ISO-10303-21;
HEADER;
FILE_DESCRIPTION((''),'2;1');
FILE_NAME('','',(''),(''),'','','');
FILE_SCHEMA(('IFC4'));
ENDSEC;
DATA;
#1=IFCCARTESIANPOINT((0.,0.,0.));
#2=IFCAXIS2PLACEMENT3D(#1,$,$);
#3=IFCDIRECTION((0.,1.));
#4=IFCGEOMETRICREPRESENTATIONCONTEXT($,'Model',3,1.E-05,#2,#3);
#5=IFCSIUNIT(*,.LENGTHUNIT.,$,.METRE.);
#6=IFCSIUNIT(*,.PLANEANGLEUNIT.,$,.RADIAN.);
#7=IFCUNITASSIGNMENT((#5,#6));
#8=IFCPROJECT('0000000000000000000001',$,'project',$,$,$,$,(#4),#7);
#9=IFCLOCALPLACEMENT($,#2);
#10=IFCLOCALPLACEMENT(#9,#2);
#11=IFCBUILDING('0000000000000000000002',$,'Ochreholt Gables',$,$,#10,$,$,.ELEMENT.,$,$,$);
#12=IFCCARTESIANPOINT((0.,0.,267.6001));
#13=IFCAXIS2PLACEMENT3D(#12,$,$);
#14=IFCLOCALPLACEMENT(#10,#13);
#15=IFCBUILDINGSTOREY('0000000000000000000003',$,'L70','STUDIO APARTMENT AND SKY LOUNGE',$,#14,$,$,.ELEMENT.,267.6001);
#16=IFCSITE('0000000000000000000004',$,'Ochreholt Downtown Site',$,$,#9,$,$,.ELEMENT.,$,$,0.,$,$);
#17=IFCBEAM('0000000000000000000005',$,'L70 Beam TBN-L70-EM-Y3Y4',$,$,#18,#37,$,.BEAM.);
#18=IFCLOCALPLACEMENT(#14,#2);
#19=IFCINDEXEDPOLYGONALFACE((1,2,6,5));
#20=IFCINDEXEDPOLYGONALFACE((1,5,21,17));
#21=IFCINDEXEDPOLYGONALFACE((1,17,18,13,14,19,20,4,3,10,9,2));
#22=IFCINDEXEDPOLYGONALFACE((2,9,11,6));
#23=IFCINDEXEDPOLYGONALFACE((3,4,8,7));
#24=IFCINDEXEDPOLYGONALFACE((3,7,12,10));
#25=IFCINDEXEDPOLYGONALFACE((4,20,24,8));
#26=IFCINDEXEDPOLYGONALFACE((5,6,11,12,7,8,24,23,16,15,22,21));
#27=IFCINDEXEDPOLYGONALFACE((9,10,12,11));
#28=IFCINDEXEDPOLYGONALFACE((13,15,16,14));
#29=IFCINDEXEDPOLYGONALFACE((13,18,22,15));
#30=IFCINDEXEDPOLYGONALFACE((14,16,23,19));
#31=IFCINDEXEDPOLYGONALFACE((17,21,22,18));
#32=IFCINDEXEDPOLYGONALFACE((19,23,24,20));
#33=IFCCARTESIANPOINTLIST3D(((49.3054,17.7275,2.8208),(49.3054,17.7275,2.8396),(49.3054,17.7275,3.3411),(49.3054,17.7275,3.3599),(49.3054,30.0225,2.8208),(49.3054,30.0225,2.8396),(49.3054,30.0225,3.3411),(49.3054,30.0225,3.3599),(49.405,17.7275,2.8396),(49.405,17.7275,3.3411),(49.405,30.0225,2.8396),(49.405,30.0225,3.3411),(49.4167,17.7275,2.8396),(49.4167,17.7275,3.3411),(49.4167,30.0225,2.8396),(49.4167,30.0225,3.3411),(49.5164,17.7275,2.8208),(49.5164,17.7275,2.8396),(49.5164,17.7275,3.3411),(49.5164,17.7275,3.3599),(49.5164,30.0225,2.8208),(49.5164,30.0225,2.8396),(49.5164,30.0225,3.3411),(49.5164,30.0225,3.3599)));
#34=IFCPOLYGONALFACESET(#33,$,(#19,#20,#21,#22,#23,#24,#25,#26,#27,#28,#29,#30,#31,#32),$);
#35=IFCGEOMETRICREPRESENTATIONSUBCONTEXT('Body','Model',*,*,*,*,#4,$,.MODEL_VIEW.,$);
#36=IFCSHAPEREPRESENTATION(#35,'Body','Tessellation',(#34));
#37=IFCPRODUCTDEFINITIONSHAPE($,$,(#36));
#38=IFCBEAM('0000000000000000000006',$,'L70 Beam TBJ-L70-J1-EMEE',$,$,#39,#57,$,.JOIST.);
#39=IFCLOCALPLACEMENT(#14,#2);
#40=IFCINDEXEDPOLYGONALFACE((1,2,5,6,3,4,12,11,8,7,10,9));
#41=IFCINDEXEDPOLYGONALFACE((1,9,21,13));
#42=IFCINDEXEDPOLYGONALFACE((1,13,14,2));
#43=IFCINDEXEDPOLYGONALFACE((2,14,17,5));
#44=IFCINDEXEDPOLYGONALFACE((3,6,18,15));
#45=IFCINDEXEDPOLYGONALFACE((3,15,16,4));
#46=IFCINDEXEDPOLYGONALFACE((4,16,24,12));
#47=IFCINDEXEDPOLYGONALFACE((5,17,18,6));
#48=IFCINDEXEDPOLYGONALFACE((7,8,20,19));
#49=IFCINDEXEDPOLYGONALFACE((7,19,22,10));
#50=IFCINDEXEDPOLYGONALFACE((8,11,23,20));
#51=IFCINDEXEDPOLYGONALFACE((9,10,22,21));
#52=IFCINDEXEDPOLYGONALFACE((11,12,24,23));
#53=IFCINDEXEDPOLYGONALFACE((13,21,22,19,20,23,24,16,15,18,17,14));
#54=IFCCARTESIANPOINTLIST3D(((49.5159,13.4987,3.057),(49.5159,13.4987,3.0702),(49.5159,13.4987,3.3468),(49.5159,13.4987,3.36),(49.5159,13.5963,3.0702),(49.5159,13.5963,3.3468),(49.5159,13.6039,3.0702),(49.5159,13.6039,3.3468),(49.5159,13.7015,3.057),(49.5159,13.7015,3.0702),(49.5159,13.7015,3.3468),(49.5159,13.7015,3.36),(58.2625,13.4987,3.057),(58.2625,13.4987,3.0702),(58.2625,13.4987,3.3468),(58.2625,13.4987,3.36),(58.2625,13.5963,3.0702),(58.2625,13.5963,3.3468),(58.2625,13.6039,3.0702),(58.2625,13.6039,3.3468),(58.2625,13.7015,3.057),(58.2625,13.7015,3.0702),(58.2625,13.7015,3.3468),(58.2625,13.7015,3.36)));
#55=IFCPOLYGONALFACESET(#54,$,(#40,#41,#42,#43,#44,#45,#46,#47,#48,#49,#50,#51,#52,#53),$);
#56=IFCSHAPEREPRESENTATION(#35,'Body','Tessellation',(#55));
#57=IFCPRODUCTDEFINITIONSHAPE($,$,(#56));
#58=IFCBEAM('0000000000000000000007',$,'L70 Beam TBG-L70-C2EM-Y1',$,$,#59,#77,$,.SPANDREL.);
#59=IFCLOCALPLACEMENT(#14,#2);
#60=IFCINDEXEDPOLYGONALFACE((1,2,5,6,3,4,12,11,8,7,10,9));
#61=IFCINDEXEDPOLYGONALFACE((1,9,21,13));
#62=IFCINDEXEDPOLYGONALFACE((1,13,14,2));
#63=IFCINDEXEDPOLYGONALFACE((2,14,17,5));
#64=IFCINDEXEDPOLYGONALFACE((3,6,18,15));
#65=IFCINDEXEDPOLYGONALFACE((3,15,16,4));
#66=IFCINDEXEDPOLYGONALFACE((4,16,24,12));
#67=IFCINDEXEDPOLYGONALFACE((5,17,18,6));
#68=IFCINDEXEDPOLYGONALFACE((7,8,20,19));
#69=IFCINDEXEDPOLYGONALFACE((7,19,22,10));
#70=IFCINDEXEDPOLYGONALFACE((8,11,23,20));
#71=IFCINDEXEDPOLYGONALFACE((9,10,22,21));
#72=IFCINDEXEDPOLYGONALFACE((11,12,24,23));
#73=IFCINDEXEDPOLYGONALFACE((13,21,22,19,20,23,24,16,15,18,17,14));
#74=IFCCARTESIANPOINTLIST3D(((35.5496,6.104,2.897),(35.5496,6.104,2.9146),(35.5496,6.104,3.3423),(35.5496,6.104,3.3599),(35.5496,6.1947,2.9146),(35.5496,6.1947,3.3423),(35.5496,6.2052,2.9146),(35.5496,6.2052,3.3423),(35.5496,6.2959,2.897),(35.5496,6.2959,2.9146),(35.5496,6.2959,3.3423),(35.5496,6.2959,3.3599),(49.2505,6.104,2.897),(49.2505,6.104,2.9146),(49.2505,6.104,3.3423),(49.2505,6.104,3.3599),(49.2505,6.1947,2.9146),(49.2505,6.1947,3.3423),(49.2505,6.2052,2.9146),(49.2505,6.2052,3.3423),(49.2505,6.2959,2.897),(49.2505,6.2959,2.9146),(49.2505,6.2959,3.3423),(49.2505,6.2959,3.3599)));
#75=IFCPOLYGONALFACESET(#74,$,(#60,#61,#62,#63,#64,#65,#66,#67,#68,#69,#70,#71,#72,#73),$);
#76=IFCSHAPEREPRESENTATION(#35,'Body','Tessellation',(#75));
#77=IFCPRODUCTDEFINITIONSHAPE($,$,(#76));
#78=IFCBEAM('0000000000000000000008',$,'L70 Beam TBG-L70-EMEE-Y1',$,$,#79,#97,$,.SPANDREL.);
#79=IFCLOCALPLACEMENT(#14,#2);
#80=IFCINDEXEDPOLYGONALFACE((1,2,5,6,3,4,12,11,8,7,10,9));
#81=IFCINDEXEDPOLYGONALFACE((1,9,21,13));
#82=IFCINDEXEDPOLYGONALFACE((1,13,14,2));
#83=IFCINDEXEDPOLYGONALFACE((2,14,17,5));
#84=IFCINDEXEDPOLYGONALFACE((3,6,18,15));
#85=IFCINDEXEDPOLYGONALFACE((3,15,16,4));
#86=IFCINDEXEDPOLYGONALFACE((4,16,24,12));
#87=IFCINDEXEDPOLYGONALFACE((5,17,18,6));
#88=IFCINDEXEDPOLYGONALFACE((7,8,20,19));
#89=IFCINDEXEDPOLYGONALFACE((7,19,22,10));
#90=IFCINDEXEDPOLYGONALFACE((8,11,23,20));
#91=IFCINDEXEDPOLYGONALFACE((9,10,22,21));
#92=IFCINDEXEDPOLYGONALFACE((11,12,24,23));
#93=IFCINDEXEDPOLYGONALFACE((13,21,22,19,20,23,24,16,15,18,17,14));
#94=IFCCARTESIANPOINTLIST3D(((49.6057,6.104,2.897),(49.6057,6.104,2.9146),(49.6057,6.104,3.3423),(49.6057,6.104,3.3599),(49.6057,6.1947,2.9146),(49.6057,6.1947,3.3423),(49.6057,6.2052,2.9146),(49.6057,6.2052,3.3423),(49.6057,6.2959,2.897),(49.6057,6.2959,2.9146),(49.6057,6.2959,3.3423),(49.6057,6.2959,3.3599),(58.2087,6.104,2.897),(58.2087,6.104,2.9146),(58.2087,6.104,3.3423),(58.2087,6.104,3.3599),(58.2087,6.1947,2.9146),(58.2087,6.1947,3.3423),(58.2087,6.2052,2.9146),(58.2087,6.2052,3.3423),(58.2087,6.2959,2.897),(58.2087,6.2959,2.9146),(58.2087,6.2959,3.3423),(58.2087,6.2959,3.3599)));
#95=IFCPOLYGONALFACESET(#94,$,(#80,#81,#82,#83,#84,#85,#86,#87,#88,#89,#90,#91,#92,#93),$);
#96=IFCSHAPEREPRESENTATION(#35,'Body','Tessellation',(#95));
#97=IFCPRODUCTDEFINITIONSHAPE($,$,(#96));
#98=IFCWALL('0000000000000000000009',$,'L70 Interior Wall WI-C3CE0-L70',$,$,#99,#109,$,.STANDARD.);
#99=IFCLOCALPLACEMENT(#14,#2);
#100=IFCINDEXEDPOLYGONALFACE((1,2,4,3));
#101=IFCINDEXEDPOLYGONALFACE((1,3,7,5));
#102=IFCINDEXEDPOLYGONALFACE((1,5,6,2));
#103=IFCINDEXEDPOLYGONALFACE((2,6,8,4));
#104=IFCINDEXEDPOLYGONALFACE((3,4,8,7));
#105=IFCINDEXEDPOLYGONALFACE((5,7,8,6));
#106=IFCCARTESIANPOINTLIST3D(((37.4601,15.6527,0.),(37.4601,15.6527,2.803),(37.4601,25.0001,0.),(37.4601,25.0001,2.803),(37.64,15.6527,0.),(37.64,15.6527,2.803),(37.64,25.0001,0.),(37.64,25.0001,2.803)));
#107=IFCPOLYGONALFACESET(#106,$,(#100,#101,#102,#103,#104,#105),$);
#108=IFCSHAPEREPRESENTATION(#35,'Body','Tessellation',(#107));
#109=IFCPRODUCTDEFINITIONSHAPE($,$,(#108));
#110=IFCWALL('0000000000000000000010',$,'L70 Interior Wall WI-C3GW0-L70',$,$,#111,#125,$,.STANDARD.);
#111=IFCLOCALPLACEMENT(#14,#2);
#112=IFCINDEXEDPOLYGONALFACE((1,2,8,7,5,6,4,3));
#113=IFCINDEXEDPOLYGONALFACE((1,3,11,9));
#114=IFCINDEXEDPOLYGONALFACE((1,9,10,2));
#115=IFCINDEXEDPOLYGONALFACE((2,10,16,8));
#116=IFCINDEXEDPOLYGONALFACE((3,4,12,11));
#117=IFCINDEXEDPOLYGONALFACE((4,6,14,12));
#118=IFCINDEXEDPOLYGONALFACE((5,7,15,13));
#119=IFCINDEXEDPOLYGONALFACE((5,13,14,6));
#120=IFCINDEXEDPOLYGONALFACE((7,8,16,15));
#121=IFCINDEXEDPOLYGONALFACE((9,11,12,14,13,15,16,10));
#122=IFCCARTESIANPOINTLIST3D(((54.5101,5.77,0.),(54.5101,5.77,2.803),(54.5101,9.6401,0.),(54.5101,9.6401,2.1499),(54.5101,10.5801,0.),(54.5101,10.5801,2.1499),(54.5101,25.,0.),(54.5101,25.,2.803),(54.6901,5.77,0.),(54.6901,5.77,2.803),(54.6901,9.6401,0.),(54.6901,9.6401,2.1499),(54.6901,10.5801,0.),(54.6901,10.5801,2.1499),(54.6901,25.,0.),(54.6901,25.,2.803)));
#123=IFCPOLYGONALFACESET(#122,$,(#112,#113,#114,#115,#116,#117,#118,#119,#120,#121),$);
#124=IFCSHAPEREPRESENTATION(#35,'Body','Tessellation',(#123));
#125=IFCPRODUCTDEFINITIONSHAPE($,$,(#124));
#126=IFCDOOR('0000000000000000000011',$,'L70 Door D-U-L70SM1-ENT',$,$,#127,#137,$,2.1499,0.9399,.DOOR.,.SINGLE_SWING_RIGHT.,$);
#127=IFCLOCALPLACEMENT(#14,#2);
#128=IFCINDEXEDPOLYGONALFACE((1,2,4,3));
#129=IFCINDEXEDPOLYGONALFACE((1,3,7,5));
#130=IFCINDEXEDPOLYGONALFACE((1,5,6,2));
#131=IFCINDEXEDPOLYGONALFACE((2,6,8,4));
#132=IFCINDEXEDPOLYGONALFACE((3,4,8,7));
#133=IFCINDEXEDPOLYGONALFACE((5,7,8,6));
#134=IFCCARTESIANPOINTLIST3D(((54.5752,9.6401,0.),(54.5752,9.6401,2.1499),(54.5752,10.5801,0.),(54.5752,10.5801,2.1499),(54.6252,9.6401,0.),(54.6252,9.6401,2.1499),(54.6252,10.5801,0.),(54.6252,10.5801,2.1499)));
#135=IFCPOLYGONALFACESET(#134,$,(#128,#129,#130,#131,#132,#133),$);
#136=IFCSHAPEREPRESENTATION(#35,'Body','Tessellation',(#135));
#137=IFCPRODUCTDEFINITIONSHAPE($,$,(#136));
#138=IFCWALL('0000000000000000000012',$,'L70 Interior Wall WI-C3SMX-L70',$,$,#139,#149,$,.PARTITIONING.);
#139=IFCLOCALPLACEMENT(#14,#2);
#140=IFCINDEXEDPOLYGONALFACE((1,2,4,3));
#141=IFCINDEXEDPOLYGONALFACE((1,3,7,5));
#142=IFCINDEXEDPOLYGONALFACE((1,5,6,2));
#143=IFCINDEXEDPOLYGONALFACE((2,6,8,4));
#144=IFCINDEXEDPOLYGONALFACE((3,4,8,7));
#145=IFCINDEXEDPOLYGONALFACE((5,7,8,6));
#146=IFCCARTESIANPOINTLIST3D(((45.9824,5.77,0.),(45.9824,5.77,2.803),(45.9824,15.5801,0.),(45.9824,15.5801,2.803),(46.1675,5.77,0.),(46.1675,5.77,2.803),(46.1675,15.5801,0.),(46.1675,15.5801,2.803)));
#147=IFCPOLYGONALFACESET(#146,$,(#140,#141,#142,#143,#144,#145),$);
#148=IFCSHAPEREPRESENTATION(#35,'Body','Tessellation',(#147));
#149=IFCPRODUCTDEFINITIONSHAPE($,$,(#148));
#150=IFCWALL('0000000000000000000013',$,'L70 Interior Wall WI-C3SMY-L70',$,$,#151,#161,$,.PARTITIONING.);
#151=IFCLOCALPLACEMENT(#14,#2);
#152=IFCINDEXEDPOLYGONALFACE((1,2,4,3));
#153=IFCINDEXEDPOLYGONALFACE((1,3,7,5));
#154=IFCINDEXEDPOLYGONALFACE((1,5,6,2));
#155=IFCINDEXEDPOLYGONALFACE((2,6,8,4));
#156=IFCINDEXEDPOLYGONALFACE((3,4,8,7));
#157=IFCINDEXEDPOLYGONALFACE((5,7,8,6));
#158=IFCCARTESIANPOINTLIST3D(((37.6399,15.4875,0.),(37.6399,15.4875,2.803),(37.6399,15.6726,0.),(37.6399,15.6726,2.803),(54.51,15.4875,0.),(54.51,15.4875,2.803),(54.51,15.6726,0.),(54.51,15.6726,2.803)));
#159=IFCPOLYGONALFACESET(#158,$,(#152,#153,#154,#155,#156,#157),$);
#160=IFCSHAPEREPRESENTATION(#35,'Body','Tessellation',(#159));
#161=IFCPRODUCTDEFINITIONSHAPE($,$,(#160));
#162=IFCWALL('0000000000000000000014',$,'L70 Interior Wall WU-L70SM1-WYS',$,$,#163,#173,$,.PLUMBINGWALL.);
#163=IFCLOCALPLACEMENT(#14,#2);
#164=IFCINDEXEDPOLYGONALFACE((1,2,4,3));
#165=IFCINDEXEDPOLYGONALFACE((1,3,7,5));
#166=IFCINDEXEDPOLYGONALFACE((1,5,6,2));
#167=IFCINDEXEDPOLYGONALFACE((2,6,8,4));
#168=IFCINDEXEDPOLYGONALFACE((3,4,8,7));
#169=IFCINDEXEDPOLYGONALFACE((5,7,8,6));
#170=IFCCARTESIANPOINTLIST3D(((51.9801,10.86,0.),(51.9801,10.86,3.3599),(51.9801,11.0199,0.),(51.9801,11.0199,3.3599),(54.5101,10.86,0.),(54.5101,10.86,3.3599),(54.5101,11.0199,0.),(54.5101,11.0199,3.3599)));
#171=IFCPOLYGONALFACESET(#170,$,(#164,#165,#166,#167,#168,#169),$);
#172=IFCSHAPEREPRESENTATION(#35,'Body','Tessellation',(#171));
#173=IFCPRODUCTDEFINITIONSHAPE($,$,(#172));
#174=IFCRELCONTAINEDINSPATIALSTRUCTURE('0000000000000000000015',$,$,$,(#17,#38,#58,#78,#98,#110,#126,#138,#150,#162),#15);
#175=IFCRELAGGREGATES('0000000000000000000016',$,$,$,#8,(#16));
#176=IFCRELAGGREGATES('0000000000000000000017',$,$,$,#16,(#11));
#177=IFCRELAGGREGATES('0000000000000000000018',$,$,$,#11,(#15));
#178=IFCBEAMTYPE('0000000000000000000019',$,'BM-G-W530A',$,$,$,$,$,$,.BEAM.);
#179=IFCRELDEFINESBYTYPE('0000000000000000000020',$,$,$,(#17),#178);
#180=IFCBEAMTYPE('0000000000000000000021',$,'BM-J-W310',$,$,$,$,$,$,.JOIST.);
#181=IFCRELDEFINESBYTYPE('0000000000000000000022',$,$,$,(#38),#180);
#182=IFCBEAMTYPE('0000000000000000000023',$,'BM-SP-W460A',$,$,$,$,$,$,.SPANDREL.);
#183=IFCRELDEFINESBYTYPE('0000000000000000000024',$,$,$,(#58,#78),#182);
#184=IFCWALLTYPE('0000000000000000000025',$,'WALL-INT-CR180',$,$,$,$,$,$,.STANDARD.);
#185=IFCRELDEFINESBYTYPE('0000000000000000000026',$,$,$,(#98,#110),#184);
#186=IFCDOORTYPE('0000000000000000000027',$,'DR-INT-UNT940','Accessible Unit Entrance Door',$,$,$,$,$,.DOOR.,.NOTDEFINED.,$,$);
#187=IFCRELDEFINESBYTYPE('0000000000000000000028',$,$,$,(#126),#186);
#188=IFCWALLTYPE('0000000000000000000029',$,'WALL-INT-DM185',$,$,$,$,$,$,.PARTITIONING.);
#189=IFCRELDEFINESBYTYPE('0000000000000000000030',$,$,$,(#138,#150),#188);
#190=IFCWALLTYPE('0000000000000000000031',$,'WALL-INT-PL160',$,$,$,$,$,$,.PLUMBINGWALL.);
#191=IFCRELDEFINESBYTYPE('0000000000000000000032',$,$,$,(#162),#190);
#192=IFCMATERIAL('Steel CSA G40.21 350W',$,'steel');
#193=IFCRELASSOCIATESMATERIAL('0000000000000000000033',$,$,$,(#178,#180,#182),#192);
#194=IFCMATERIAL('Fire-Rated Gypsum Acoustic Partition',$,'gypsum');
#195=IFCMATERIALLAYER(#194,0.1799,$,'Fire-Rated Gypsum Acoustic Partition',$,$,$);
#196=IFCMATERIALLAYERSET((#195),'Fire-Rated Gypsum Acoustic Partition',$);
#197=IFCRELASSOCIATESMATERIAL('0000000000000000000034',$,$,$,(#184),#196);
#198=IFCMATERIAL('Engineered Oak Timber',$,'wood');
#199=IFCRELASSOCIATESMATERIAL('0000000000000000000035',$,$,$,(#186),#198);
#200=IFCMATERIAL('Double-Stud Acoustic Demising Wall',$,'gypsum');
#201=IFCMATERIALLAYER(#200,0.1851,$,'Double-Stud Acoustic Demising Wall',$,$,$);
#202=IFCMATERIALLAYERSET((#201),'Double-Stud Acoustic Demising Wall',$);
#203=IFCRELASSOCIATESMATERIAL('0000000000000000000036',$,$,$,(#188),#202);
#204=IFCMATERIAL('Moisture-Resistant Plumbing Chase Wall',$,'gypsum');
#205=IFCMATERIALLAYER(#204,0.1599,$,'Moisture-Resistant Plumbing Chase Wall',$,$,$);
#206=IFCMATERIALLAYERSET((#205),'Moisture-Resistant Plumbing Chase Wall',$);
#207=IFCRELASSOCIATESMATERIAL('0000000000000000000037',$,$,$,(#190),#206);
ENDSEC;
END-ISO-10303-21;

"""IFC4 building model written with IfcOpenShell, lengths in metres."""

from ifc_helpers import new_model, si_unit, direction, frame, frame_2d, origin, origin_2d, place, context, subcontext, project, spatial, rectangle, i_section, extrude, material, layer, layer_set, material_profile, profile_set, type_object, element, fill, save


model = new_model("IFC4")

# Units and contexts
model_context = context("Model", 3, precision=1e-05, world=origin(), true_north=direction((0.0, 1.0)))
body_context = subcontext(model_context, "Body", "Model", "MODEL_VIEW")
ifc_project = project(units=[si_unit("LENGTHUNIT", "METRE"), si_unit("PLANEANGLEUNIT", "RADIAN")], contexts=[model_context])

# Site, building, storey
site_placement = place(None, origin())
site = spatial("IfcSite", under=ifc_project, at=site_placement, Name="Ochreholt Downtown Site", CompositionType="ELEMENT", RefElevation=0.0)
building_placement = place(site_placement, origin())
building = spatial("IfcBuilding", under=site, at=building_placement, Name="Ochreholt Gables", CompositionType="ELEMENT")
storey_placement = place(building_placement, frame((0.0, 0.0, 267.6001)))
storey = spatial("IfcBuildingStorey", under=building, at=storey_placement, Name="L70", Description="STUDIO APARTMENT AND SKY LOUNGE", CompositionType="ELEMENT", Elevation=267.6001)

# Shared definitions
ifc_material_1 = material(Name="Steel CSA G40.21 350W", Category="steel")

# Beams
ifc_material_profile_1 = material_profile(ifc_material_1, i_section(OverallWidth=0.2109, OverallDepth=0.5391, WebThickness=0.0117, FlangeThickness=0.0188, at=origin_2d()), Name="W530X109")
ifc_profile_set_1 = profile_set([ifc_material_profile_1], Name="Steel CSA G40.21 350W")
beam_type_1 = type_object("IfcBeamType", Name="BM-G-W530A", PredefinedType="BEAM", material=ifc_profile_set_1)
beam_1_placement = place(storey_placement, frame((49.4109, 17.7275, 3.0903), z_axis=(0.0, 1.0, 0.0), x_axis=(-1.0, 0.0, 0.0)))
element("IfcBeam", 1, at=beam_1_placement, inside=storey, type_object=beam_type_1, Name="L70 Beam TBN-L70-EM-Y3Y4", PredefinedType="BEAM", context=body_context, shape_type="SweptSolid", body=[
    extrude(i_section(OverallWidth=0.2109, OverallDepth=0.5391, WebThickness=0.0117, FlangeThickness=0.0188, at=origin_2d()), origin(), (0.0, 0.0, 1.0), 12.2949),
])
ifc_material_profile_2 = material_profile(ifc_material_1, i_section(OverallWidth=0.2029, OverallDepth=0.303, WebThickness=0.0076, FlangeThickness=0.0132, at=origin_2d()), Name="W310X60")
ifc_profile_set_2 = profile_set([ifc_material_profile_2], Name="Steel CSA G40.21 350W")
beam_type_2 = type_object("IfcBeamType", Name="BM-J-W310", PredefinedType="JOIST", material=ifc_profile_set_2)
beam_2_placement = place(storey_placement, frame((49.5159, 13.6001, 3.2085), z_axis=(1.0, 0.0, 0.0), x_axis=(0.0, 1.0, 0.0)))
element("IfcBeam", 2, at=beam_2_placement, inside=storey, type_object=beam_type_2, Name="L70 Beam TBJ-L70-J1-EMEE", PredefinedType="JOIST", context=body_context, shape_type="SweptSolid", body=[
    extrude(i_section(OverallWidth=0.2029, OverallDepth=0.303, WebThickness=0.0076, FlangeThickness=0.0132, at=origin_2d()), origin(), (0.0, 0.0, 1.0), 8.7466),
])
ifc_material_profile_3 = material_profile(ifc_material_1, i_section(OverallWidth=0.1919, OverallDepth=0.4629, WebThickness=0.0105, FlangeThickness=0.0176, at=origin_2d()), Name="W460X89")
ifc_profile_set_3 = profile_set([ifc_material_profile_3], Name="Steel CSA G40.21 350W")
beam_type_3 = type_object("IfcBeamType", Name="BM-SP-W460A", PredefinedType="SPANDREL", material=ifc_profile_set_3)
beam_3_placement = place(storey_placement, frame((35.5496, 6.2, 3.1284), z_axis=(1.0, 0.0, 0.0), x_axis=(0.0, 1.0, 0.0)))
element("IfcBeam", 3, at=beam_3_placement, inside=storey, type_object=beam_type_3, Name="L70 Beam TBG-L70-C2EM-Y1", PredefinedType="SPANDREL", context=body_context, shape_type="SweptSolid", body=[
    extrude(i_section(OverallWidth=0.1919, OverallDepth=0.4629, WebThickness=0.0105, FlangeThickness=0.0176, at=origin_2d()), origin(), (0.0, 0.0, 1.0), 13.7009),
])
beam_4_placement = place(storey_placement, frame((49.6057, 6.2, 3.1284), z_axis=(1.0, 0.0, 0.0), x_axis=(0.0, 1.0, 0.0)))
element("IfcBeam", 4, at=beam_4_placement, inside=storey, type_object=beam_type_3, Name="L70 Beam TBG-L70-EMEE-Y1", PredefinedType="SPANDREL", context=body_context, shape_type="SweptSolid", body=[
    extrude(i_section(OverallWidth=0.1919, OverallDepth=0.4629, WebThickness=0.0105, FlangeThickness=0.0176, at=origin_2d()), origin(), (0.0, 0.0, 1.0), 8.603),
])

# Wall
ifc_material_2 = material(Name="Fire-Rated Gypsum Acoustic Partition", Category="gypsum")
ifc_layer_1 = layer(ifc_material_2, 0.1799, Name="Fire-Rated Gypsum Acoustic Partition")
ifc_layer_set_1 = layer_set([ifc_layer_1], Name="Fire-Rated Gypsum Acoustic Partition")
wall_type_1 = type_object("IfcWallType", Name="WALL-INT-CR180", PredefinedType="STANDARD", material=ifc_layer_set_1)
wall_1_placement = place(storey_placement, frame((37.55, 15.6526, 0.0), z_axis=(0.0, 0.0, 1.0), x_axis=(0.0, 1.0, 0.0)))
element("IfcWall", 5, at=wall_1_placement, inside=storey, type_object=wall_type_1, Name="L70 Interior Wall WI-C3CE0-L70", PredefinedType="STANDARD", context=body_context, shape_type="SweptSolid", body=[
    extrude(rectangle(XDim=9.3474, YDim=0.1799, at=frame_2d((4.6738, 0.0))), origin(), (0.0, 0.0, 1.0), 2.803),
])

# Wall, opening, door
wall_2_placement = place(storey_placement, frame((54.6001, 5.77, 0.0), z_axis=(0.0, 0.0, 1.0), x_axis=(0.0, 1.0, 0.0)))
wall_2 = element("IfcWall", 6, at=wall_2_placement, inside=storey, type_object=wall_type_1, Name="L70 Interior Wall WI-C3GW0-L70", PredefinedType="STANDARD", context=body_context, shape_type="SweptSolid", body=[
    extrude(rectangle(XDim=19.23, YDim=0.1799, at=frame_2d((9.615, 0.0))), origin(), (0.0, 0.0, 1.0), 2.803),
])
opening_1_placement = place(wall_2_placement, frame((3.8701, 0.0, 0.0)))
opening_1 = element("IfcOpeningElement", 7, at=opening_1_placement, cuts=wall_2, PredefinedType="OPENING", context=body_context, shape_type="SweptSolid", body=[
    extrude(rectangle(XDim=0.9399, YDim=2.1499, at=frame_2d((0.47, 1.075))), frame((0.0, 0.0999, 0.0), z_axis=(0.0, -1.0, 0.0), x_axis=(1.0, 0.0, 0.0)), (0.0, 0.0, 1.0), 0.2),
])
ifc_material_3 = material(Name="Engineered Oak Timber", Category="wood")
door_type_1 = type_object("IfcDoorType", Name="DR-INT-UNT940", Description="Accessible Unit Entrance Door", OperationType="NOTDEFINED", PredefinedType="DOOR", material=ifc_material_3)
door_1_placement = place(opening_1_placement, origin())
door_1 = element("IfcDoor", 8, at=door_1_placement, inside=storey, type_object=door_type_1, Name="L70 Door D-U-L70SM1-ENT", OperationType="SINGLE_SWING_RIGHT", OverallHeight=2.1499, OverallWidth=0.9399, PredefinedType="DOOR", context=body_context, shape_type="SweptSolid", body=[
    extrude(rectangle(XDim=0.9399, YDim=2.1499, at=frame_2d((0.47, 1.075))), frame((0.0, 0.0249, 0.0), z_axis=(0.0, -1.0, 0.0), x_axis=(1.0, 0.0, 0.0)), (0.0, 0.0, 1.0), 0.05),
])
fill(opening_1, door_1)

# Walls
ifc_material_4 = material(Name="Double-Stud Acoustic Demising Wall", Category="gypsum")
ifc_layer_2 = layer(ifc_material_4, 0.1851, Name="Double-Stud Acoustic Demising Wall")
ifc_layer_set_2 = layer_set([ifc_layer_2], Name="Double-Stud Acoustic Demising Wall")
wall_type_2 = type_object("IfcWallType", Name="WALL-INT-DM185", PredefinedType="PARTITIONING", material=ifc_layer_set_2)
wall_3_placement = place(storey_placement, frame((46.075, 5.77, 0.0), z_axis=(0.0, 0.0, 1.0), x_axis=(0.0, 1.0, 0.0)))
element("IfcWall", 9, at=wall_3_placement, inside=storey, type_object=wall_type_2, Name="L70 Interior Wall WI-C3SMX-L70", PredefinedType="PARTITIONING", context=body_context, shape_type="SweptSolid", body=[
    extrude(rectangle(XDim=9.8101, YDim=0.1851, at=frame_2d((4.905, 0.0))), origin(), (0.0, 0.0, 1.0), 2.803),
])
wall_4_placement = place(storey_placement, frame((37.6399, 15.5801, 0.0), z_axis=(0.0, 0.0, 1.0), x_axis=(1.0, 0.0, 0.0)))
element("IfcWall", 10, at=wall_4_placement, inside=storey, type_object=wall_type_2, Name="L70 Interior Wall WI-C3SMY-L70", PredefinedType="PARTITIONING", context=body_context, shape_type="SweptSolid", body=[
    extrude(rectangle(XDim=16.8701, YDim=0.1851, at=frame_2d((8.4351, 0.0))), origin(), (0.0, 0.0, 1.0), 2.803),
])
ifc_material_5 = material(Name="Moisture-Resistant Plumbing Chase Wall", Category="gypsum")
ifc_layer_3 = layer(ifc_material_5, 0.1599, Name="Moisture-Resistant Plumbing Chase Wall")
ifc_layer_set_3 = layer_set([ifc_layer_3], Name="Moisture-Resistant Plumbing Chase Wall")
wall_type_3 = type_object("IfcWallType", Name="WALL-INT-PL160", PredefinedType="PLUMBINGWALL", material=ifc_layer_set_3)
wall_5_placement = place(storey_placement, frame((51.98, 10.9399, 0.0), z_axis=(0.0, 0.0, 1.0), x_axis=(1.0, 0.0, 0.0)))
element("IfcWall", 11, at=wall_5_placement, inside=storey, type_object=wall_type_3, Name="L70 Interior Wall WU-L70SM1-WYS", PredefinedType="PLUMBINGWALL", context=body_context, shape_type="SweptSolid", body=[
    extrude(rectangle(XDim=2.53, YDim=0.1599, at=frame_2d((1.2651, 0.0))), origin(), (0.0, 0.0, 1.0), 3.3599),
])

save(model, "model.ifc")
